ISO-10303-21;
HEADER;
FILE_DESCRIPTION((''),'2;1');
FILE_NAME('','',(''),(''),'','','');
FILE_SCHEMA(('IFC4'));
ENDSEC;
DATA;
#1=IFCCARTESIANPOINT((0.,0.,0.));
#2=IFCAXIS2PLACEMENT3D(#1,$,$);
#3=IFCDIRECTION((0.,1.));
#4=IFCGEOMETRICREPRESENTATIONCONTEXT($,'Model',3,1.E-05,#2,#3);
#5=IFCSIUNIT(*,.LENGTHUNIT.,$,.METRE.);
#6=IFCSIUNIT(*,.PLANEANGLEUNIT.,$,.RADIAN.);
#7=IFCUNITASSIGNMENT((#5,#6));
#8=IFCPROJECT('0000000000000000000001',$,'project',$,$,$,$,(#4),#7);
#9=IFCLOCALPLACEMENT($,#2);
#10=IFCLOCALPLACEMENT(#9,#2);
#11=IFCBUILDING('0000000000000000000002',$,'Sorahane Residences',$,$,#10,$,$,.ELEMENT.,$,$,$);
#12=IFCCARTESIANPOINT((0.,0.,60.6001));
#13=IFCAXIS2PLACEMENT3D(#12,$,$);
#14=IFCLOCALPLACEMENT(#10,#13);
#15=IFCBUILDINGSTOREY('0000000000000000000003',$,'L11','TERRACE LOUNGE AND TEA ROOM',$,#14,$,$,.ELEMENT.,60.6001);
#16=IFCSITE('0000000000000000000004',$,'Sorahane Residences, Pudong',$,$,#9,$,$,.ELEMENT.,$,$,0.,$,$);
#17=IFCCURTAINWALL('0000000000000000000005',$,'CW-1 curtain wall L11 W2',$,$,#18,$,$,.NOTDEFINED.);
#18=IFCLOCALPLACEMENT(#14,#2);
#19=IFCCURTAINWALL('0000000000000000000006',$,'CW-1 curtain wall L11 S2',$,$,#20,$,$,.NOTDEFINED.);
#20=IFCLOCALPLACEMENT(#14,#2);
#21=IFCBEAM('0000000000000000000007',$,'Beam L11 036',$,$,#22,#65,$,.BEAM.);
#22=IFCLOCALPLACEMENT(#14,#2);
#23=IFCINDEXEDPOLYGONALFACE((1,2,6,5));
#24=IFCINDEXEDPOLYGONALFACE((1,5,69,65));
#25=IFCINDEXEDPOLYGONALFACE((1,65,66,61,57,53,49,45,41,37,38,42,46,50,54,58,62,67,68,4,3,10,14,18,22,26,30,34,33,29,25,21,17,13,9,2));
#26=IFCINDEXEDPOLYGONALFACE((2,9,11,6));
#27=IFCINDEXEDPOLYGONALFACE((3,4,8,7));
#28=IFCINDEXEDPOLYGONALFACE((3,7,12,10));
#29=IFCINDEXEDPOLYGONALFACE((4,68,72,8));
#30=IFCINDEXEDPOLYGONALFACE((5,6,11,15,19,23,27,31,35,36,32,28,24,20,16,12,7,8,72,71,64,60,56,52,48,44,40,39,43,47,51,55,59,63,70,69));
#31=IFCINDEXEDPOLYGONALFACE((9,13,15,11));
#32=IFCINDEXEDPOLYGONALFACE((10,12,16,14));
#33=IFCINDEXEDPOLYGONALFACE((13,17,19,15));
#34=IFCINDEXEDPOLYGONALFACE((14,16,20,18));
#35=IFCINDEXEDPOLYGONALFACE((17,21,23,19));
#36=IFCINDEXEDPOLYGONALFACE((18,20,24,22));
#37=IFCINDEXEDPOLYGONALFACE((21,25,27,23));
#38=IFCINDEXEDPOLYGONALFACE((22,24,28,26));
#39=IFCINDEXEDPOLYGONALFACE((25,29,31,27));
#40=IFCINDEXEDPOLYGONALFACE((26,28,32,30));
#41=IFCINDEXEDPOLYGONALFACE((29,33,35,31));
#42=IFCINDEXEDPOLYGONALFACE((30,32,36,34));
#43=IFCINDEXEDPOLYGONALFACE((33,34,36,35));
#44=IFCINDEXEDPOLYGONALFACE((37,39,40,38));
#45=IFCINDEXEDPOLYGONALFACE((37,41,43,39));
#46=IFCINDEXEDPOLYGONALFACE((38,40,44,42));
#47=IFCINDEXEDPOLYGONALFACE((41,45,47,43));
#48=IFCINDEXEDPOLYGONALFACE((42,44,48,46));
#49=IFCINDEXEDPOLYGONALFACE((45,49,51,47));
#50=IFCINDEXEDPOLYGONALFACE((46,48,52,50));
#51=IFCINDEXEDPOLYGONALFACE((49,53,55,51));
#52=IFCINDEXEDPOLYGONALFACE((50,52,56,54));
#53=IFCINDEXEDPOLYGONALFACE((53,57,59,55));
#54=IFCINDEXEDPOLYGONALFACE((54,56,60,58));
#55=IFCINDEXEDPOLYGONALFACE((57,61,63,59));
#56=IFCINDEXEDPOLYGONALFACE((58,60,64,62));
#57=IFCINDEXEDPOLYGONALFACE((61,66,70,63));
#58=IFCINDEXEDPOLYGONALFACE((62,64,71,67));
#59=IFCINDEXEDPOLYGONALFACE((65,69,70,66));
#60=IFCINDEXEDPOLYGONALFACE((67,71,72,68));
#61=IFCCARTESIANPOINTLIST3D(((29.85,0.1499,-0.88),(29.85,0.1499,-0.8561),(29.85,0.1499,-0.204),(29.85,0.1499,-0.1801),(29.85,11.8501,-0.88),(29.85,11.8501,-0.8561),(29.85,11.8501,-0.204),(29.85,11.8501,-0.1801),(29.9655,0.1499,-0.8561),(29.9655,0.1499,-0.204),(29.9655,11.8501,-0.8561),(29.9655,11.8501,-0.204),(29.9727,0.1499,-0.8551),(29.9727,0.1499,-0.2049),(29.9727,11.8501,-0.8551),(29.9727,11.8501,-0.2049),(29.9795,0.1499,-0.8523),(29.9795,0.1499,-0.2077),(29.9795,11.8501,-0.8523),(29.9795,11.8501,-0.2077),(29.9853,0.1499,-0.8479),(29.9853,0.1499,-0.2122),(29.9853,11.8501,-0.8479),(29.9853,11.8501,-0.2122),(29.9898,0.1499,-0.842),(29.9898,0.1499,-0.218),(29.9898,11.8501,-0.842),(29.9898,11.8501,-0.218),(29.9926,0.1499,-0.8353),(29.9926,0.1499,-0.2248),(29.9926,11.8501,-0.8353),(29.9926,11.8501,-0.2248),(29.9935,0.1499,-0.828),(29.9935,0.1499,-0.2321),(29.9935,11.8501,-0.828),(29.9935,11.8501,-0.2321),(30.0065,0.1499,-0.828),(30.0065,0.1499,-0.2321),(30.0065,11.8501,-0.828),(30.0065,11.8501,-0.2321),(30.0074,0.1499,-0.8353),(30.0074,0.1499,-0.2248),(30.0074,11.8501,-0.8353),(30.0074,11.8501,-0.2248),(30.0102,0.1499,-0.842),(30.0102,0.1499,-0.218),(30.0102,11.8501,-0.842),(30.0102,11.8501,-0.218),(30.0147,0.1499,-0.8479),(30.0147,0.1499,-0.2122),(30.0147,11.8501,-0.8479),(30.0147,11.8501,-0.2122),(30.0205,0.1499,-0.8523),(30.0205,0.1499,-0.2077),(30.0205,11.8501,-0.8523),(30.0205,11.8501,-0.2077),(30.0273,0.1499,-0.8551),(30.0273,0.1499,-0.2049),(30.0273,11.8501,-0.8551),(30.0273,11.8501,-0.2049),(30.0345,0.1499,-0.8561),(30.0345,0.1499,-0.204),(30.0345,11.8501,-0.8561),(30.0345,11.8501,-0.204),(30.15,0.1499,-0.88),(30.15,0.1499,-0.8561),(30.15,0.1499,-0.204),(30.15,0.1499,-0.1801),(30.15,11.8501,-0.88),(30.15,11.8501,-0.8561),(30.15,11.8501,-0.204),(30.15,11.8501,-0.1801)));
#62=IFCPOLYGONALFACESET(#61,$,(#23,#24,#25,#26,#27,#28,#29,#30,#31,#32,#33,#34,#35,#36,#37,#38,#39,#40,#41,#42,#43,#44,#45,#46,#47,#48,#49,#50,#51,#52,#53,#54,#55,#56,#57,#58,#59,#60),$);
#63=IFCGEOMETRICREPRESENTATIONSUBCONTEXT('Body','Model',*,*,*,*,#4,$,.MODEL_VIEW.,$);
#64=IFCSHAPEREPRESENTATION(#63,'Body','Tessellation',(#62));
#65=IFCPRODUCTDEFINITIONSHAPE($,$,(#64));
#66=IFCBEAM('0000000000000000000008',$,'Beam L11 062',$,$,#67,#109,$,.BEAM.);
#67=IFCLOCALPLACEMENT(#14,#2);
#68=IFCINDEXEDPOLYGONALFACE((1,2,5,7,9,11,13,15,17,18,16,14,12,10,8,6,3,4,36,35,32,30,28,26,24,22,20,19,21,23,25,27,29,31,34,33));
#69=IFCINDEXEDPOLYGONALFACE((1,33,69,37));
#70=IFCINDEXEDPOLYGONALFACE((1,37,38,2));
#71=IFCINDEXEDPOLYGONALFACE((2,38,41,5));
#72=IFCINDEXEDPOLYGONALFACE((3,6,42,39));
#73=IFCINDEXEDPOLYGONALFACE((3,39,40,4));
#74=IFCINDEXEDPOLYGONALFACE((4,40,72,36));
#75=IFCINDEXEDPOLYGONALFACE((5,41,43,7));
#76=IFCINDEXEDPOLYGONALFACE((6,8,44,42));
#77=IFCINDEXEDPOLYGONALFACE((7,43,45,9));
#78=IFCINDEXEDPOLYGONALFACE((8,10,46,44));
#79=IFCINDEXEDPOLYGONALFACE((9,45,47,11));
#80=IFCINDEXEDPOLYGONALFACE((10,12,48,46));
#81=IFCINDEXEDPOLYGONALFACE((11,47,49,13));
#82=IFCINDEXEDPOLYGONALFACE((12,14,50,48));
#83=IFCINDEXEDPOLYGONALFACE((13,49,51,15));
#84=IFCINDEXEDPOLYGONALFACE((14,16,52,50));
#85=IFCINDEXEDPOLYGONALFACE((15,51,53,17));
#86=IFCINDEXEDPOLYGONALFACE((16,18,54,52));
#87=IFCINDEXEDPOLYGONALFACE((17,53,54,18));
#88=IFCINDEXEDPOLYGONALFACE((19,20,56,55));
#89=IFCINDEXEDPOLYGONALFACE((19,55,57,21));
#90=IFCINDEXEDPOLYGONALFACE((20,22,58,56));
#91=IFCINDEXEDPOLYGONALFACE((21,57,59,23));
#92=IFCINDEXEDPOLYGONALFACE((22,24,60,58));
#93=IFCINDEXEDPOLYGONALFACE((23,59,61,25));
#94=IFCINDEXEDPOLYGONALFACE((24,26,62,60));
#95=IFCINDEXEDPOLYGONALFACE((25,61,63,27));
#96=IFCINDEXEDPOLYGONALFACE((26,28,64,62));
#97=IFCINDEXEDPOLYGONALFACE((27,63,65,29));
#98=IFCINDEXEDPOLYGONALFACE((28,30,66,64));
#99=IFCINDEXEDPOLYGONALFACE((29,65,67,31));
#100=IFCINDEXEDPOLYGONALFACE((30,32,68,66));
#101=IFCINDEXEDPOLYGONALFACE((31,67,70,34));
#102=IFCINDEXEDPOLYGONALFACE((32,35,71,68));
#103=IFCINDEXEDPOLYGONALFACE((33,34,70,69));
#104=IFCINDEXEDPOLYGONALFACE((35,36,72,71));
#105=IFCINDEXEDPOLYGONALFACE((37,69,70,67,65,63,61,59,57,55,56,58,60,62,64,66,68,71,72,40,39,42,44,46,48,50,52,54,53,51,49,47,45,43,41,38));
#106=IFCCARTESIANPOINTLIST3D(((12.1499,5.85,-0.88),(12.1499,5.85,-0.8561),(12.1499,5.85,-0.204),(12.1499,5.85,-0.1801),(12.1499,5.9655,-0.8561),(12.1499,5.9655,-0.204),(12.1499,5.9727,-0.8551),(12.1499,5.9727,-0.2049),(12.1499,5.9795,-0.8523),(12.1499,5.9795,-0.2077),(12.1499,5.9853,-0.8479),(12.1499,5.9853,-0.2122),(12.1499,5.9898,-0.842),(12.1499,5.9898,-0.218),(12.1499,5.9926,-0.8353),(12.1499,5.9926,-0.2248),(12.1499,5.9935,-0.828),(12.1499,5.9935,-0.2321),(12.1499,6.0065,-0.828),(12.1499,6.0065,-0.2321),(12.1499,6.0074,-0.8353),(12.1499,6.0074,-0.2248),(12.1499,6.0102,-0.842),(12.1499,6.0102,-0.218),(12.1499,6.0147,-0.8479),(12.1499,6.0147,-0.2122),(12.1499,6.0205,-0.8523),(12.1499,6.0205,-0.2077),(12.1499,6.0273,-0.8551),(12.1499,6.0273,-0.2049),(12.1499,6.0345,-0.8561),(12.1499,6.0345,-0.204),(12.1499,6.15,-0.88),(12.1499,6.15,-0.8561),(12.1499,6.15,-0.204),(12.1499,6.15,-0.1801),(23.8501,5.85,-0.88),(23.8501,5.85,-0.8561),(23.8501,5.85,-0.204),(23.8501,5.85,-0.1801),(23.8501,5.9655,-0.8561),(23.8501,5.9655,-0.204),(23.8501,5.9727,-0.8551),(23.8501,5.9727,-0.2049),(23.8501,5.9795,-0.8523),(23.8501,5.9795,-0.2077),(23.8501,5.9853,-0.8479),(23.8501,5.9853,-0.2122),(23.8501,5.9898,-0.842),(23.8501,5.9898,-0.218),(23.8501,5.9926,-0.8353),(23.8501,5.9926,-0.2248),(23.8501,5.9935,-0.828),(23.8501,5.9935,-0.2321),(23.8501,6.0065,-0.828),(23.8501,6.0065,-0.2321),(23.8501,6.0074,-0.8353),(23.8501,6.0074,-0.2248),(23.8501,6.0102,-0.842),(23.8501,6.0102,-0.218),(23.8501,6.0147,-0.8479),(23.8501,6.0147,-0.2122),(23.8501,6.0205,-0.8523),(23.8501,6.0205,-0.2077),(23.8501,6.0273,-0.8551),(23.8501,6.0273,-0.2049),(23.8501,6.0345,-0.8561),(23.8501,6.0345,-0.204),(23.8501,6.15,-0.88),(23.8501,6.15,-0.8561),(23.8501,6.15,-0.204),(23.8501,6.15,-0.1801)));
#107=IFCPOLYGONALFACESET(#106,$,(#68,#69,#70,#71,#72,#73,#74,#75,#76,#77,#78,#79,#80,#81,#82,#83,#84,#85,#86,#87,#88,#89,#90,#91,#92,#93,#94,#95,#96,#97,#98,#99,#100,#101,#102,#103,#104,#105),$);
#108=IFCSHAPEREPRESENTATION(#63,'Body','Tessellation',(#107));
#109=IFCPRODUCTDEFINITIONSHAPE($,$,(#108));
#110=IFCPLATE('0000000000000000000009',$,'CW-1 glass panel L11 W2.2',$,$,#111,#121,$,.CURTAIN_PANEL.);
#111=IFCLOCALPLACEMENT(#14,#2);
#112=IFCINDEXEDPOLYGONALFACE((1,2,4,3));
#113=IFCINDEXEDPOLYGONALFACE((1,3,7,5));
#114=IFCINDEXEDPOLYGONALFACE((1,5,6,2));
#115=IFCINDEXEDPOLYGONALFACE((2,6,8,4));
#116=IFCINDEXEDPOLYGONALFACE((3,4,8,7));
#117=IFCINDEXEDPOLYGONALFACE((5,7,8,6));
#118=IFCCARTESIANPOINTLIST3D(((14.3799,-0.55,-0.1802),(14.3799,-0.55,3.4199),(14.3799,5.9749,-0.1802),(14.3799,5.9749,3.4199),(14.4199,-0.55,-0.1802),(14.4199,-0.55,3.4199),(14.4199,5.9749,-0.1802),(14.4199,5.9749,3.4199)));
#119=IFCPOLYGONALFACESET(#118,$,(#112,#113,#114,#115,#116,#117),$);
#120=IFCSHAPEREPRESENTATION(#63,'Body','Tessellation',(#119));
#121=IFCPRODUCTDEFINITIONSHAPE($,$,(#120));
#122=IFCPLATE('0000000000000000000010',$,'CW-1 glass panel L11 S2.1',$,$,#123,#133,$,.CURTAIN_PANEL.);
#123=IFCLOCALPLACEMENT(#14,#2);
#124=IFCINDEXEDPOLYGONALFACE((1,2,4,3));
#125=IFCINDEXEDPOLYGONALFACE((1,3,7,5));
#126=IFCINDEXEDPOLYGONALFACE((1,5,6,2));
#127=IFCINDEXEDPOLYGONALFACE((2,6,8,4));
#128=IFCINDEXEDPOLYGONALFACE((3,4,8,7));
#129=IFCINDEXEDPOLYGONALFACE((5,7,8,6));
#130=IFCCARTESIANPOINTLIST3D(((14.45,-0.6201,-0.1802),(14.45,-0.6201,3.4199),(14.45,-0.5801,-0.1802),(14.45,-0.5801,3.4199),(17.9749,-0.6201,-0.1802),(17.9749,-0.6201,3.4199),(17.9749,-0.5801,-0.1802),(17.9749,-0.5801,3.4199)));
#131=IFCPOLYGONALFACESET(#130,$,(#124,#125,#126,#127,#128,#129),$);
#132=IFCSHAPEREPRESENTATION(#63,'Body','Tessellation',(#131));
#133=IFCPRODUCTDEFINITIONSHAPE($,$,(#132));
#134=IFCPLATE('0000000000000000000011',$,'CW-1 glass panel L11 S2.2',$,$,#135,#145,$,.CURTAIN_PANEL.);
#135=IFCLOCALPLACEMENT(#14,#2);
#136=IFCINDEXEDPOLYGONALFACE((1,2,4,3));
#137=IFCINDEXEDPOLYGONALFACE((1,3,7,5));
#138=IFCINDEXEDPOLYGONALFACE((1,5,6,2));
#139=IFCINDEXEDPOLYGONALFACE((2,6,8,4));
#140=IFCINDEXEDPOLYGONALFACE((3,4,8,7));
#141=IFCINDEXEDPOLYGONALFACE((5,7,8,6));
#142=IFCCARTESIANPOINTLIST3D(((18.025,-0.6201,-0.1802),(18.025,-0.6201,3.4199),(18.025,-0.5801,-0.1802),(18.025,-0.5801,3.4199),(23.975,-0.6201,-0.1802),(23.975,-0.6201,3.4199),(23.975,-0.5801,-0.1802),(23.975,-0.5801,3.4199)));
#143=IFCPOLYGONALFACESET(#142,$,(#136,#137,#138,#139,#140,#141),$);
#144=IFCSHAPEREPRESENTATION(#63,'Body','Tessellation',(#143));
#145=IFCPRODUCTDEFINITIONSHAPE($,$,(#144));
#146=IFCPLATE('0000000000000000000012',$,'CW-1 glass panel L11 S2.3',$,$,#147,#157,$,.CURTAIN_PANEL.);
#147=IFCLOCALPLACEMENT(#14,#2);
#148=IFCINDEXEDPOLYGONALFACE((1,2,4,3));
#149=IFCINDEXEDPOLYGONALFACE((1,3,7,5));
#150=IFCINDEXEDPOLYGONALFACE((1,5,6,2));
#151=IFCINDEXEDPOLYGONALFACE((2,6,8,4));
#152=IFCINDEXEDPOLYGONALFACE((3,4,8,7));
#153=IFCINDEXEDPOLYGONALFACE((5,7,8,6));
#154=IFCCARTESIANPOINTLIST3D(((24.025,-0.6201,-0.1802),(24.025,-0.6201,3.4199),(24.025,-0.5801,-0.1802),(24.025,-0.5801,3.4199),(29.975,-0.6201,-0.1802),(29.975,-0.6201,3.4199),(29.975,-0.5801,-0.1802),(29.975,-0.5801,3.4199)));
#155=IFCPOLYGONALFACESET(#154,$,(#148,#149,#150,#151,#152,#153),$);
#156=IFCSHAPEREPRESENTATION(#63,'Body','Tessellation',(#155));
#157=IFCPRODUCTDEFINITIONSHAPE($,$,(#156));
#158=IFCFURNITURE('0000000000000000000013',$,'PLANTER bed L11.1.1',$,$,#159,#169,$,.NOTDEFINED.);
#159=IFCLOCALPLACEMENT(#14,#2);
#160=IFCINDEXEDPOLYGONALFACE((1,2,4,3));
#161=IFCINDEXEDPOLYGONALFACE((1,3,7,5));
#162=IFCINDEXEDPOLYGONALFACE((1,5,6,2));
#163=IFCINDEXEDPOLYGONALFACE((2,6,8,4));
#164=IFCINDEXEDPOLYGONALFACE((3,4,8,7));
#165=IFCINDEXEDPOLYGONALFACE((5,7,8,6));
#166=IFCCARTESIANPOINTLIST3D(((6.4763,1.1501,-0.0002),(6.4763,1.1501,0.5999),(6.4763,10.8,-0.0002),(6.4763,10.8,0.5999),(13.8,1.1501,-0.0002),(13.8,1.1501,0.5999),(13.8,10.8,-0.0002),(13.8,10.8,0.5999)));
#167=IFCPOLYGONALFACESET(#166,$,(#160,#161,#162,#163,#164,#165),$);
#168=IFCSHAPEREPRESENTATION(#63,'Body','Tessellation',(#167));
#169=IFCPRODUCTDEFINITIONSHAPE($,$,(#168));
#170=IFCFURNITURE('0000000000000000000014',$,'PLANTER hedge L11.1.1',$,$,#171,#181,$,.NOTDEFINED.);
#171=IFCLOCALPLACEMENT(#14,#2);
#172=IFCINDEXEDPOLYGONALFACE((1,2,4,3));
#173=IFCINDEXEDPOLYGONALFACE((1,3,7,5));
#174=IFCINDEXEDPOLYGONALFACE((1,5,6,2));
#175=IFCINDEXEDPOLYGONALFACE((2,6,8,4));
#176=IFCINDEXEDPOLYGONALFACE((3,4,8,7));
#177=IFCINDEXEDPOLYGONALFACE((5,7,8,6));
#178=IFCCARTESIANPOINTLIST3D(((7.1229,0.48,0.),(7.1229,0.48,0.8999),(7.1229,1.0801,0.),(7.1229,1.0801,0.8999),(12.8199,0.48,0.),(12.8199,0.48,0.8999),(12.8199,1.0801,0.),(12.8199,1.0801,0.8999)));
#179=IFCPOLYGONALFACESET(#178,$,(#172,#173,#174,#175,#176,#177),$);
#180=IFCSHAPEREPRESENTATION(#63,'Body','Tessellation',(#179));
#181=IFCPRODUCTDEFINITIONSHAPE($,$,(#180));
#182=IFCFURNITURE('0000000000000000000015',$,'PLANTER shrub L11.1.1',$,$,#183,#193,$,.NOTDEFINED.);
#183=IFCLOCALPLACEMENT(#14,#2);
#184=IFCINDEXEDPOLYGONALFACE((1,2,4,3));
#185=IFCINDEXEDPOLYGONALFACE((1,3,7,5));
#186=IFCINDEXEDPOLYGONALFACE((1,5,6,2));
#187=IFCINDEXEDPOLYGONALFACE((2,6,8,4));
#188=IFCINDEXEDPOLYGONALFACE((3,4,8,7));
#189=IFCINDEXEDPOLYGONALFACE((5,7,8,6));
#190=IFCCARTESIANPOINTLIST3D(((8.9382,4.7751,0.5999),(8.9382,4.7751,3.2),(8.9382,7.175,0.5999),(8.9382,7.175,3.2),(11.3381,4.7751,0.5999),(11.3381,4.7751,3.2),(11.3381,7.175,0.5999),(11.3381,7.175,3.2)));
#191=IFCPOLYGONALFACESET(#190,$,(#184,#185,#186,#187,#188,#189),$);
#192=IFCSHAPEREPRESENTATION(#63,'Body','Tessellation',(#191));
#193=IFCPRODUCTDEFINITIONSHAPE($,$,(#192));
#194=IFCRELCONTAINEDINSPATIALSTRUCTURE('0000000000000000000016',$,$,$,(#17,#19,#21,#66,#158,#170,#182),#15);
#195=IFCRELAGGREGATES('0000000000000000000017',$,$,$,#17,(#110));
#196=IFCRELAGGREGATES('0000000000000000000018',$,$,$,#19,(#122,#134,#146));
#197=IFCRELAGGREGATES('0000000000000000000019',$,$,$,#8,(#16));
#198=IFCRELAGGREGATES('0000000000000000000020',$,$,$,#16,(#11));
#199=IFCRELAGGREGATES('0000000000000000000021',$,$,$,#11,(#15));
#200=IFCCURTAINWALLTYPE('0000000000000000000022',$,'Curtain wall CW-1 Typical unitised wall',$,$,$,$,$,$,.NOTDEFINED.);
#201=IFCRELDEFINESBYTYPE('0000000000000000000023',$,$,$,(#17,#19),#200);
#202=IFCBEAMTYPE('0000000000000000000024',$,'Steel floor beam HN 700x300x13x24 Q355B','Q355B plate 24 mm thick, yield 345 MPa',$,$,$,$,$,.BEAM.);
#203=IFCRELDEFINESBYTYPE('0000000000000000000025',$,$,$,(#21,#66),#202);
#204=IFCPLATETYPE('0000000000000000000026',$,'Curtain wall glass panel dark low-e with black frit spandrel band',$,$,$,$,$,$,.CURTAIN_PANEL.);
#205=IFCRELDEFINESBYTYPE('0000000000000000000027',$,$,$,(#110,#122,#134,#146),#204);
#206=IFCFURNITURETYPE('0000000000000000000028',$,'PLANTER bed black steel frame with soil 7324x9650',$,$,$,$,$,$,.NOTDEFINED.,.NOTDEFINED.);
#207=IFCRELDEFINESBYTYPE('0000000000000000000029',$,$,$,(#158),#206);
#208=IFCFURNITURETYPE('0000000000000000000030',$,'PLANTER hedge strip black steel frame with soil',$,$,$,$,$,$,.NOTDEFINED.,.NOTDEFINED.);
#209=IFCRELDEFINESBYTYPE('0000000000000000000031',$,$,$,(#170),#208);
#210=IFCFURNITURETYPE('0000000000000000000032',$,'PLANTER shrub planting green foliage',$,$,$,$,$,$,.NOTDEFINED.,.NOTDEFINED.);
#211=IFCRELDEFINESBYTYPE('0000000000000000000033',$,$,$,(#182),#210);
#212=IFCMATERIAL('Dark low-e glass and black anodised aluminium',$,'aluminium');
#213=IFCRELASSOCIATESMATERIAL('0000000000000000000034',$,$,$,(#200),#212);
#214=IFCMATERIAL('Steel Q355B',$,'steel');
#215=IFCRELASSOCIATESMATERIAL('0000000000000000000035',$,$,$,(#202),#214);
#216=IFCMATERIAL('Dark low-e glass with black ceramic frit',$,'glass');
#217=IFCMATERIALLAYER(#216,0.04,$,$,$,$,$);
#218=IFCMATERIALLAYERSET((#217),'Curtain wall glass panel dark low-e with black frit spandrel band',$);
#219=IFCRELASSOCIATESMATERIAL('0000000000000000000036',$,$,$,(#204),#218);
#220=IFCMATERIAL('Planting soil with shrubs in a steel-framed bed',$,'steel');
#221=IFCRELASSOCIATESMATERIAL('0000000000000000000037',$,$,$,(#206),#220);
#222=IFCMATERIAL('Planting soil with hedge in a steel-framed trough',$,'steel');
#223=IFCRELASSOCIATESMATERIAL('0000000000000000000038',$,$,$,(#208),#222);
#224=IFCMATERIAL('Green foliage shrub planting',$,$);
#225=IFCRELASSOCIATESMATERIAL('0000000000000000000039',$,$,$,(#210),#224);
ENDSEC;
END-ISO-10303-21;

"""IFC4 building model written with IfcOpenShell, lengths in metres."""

from ifc_helpers import new_model, si_unit, direction, frame, origin, origin_2d, place, context, subcontext, project, spatial, rectangle, i_section, extrude, material, layer, layer_set, material_profile, profile_set, type_object, element, aggregate, save


model = new_model("IFC4")

# Units and contexts
model_context = context("Model", 3, precision=1e-05, world=origin(), true_north=direction((0.0, 1.0)))
body_context = subcontext(model_context, "Body", "Model", "MODEL_VIEW")
ifc_project = project(units=[si_unit("LENGTHUNIT", "METRE"), si_unit("PLANEANGLEUNIT", "RADIAN")], contexts=[model_context])

# Site, building, storey
site_placement = place(None, origin())
site = spatial("IfcSite", under=ifc_project, at=site_placement, Name="Sorahane Residences, Pudong", CompositionType="ELEMENT", RefElevation=0.0)
building_placement = place(site_placement, origin())
building = spatial("IfcBuilding", under=site, at=building_placement, Name="Sorahane Residences", CompositionType="ELEMENT")
storey_placement = place(building_placement, frame((0.0, 0.0, 60.6001)))
storey = spatial("IfcBuildingStorey", under=building, at=storey_placement, Name="L11", Description="TERRACE LOUNGE AND TEA ROOM", CompositionType="ELEMENT", Elevation=60.6001)

# Curtain walls
ifc_material_1 = material(Name="Dark low-e glass and black anodised aluminium", Category="aluminium")
curtain_wall_type = type_object("IfcCurtainWallType", Name="Curtain wall CW-1 Typical unitised wall", PredefinedType="NOTDEFINED", material=ifc_material_1)
curtain_wall_1_placement = place(storey_placement, origin())
curtain_wall_1 = element("IfcCurtainWall", 1, at=curtain_wall_1_placement, inside=storey, type_object=curtain_wall_type, Name="CW-1 curtain wall L11 W2", PredefinedType="NOTDEFINED")
curtain_wall_2_placement = place(storey_placement, origin())
curtain_wall_2 = element("IfcCurtainWall", 2, at=curtain_wall_2_placement, inside=storey, type_object=curtain_wall_type, Name="CW-1 curtain wall L11 S2", PredefinedType="NOTDEFINED")

# Beams
ifc_material_2 = material(Name="Steel Q355B", Category="steel")
ifc_material_profile_1 = material_profile(ifc_material_2, i_section(OverallWidth=0.3, OverallDepth=0.7, WebThickness=0.0129, FlangeThickness=0.0239, FilletRadius=0.0281, at=origin_2d()), Name="HN 700x300x13x24")
ifc_profile_set_1 = profile_set([ifc_material_profile_1], Name="Steel Q355B")
beam_type_1 = type_object("IfcBeamType", Name="Steel floor beam HN 700x300x13x24 Q355B", Description="Q355B plate 24 mm thick, yield 345 MPa", PredefinedType="BEAM", material=ifc_profile_set_1)
for number, where, z_axis, x_axis, name in (
    (3, (30.0, 0.1499, -0.53), (0.0, 1.0, 0.0), (-1.0, 0.0, 0.0), "Beam L11 036"),
    (4, (12.1499, 6.0, -0.53), (1.0, 0.0, 0.0), (0.0, 1.0, 0.0), "Beam L11 062"),
):
    element("IfcBeam", number, at=place(storey_placement, frame(where, z_axis=z_axis, x_axis=x_axis)), inside=storey, type_object=beam_type_1, Name=name, PredefinedType="BEAM", context=body_context, shape_type="SweptSolid", body=[
        extrude(i_section(OverallWidth=0.3, OverallDepth=0.7, WebThickness=0.0129, FlangeThickness=0.0239, FilletRadius=0.0281, at=origin_2d()), origin(), (0.0, 0.0, 1.0), 11.7002),
    ])

# Plates
ifc_material_3 = material(Name="Dark low-e glass with black ceramic frit", Category="glass")
ifc_layer = layer(ifc_material_3, 0.04)
ifc_layer_set = layer_set([ifc_layer], Name="Curtain wall glass panel dark low-e with black frit spandrel band")
plate_type = type_object("IfcPlateType", Name="Curtain wall glass panel dark low-e with black frit spandrel band", PredefinedType="CURTAIN_PANEL", material=ifc_layer_set)
plate_1_placement = place(storey_placement, frame((14.3999, 2.7124, -0.1802), z_axis=(0.0, 0.0, 1.0), x_axis=(0.0, -1.0, 0.0)))
plate_1 = element("IfcPlate", 5, at=plate_1_placement, type_object=plate_type, Name="CW-1 glass panel L11 W2.2", PredefinedType="CURTAIN_PANEL", context=body_context, shape_type="SweptSolid", body=[
    extrude(rectangle(XDim=6.5249, YDim=0.04, at=origin_2d()), origin(), (0.0, 0.0, 1.0), 3.6001),
])
aggregate(curtain_wall_1, [plate_1])
plate_2_placement = place(storey_placement, frame((16.2124, -0.6001, -0.1802), z_axis=(0.0, 0.0, 1.0), x_axis=(1.0, 0.0, 0.0)))
plate_2 = element("IfcPlate", 6, at=plate_2_placement, type_object=plate_type, Name="CW-1 glass panel L11 S2.1", PredefinedType="CURTAIN_PANEL", context=body_context, shape_type="SweptSolid", body=[
    extrude(rectangle(XDim=3.5249, YDim=0.04, at=origin_2d()), origin(), (0.0, 0.0, 1.0), 3.6001),
])
plate_3_placement = place(storey_placement, frame((21.0, -0.6001, -0.1802), z_axis=(0.0, 0.0, 1.0), x_axis=(1.0, 0.0, 0.0)))
plate_3 = element("IfcPlate", 7, at=plate_3_placement, type_object=plate_type, Name="CW-1 glass panel L11 S2.2", PredefinedType="CURTAIN_PANEL", context=body_context, shape_type="SweptSolid", body=[
    extrude(rectangle(XDim=5.95, YDim=0.04, at=origin_2d()), origin(), (0.0, 0.0, 1.0), 3.6001),
])
plate_4_placement = place(storey_placement, frame((27.0, -0.6001, -0.1802), z_axis=(0.0, 0.0, 1.0), x_axis=(1.0, 0.0, 0.0)))
plate_4 = element("IfcPlate", 8, at=plate_4_placement, type_object=plate_type, Name="CW-1 glass panel L11 S2.3", PredefinedType="CURTAIN_PANEL", context=body_context, shape_type="SweptSolid", body=[
    extrude(rectangle(XDim=5.95, YDim=0.04, at=origin_2d()), origin(), (0.0, 0.0, 1.0), 3.6001),
])
aggregate(curtain_wall_2, [plate_2, plate_3, plate_4])

# Furniture
ifc_material_4 = material(Name="Planting soil with shrubs in a steel-framed bed", Category="steel")
furniture_type_1 = type_object("IfcFurnitureType", Name="PLANTER bed black steel frame with soil 7324x9650", AssemblyPlace="NOTDEFINED", PredefinedType="NOTDEFINED", material=ifc_material_4)
furniture_1_placement = place(storey_placement, frame((10.1382, 5.9751, -0.0002), z_axis=(0.0, 0.0, 1.0), x_axis=(1.0, 0.0, 0.0)))
element("IfcFurniture", 9, at=furniture_1_placement, inside=storey, type_object=furniture_type_1, Name="PLANTER bed L11.1.1", PredefinedType="NOTDEFINED", context=body_context, shape_type="SweptSolid", body=[
    extrude(rectangle(XDim=7.3237, YDim=9.6499, at=origin_2d()), origin(), (0.0, 0.0, 1.0), 0.6001),
])
ifc_material_5 = material(Name="Planting soil with hedge in a steel-framed trough", Category="steel")
furniture_type_2 = type_object("IfcFurnitureType", Name="PLANTER hedge strip black steel frame with soil", AssemblyPlace="NOTDEFINED", PredefinedType="NOTDEFINED", material=ifc_material_5)
furniture_2_placement = place(storey_placement, frame((9.9714, 0.78, 0.0), z_axis=(0.0, 0.0, 1.0), x_axis=(-1.0, 0.0, 0.0)))
element("IfcFurniture", 10, at=furniture_2_placement, inside=storey, type_object=furniture_type_2, Name="PLANTER hedge L11.1.1", PredefinedType="NOTDEFINED", context=body_context, shape_type="SweptSolid", body=[
    extrude(rectangle(XDim=5.697, YDim=0.6001, at=origin_2d()), origin(), (0.0, 0.0, 1.0), 0.8999),
])
ifc_material_6 = material(Name="Green foliage shrub planting")
furniture_type_3 = type_object("IfcFurnitureType", Name="PLANTER shrub planting green foliage", AssemblyPlace="NOTDEFINED", PredefinedType="NOTDEFINED", material=ifc_material_6)
furniture_3_placement = place(storey_placement, frame((10.1382, 5.9751, 0.5999), z_axis=(0.0, 0.0, 1.0), x_axis=(1.0, 0.0, 0.0)))
element("IfcFurniture", 11, at=furniture_3_placement, inside=storey, type_object=furniture_type_3, Name="PLANTER shrub L11.1.1", PredefinedType="NOTDEFINED", context=body_context, shape_type="SweptSolid", body=[
    extrude(rectangle(XDim=2.3999, YDim=2.3999, at=origin_2d()), origin(), (0.0, 0.0, 1.0), 2.6001),
])

save(model, "model.ifc")
